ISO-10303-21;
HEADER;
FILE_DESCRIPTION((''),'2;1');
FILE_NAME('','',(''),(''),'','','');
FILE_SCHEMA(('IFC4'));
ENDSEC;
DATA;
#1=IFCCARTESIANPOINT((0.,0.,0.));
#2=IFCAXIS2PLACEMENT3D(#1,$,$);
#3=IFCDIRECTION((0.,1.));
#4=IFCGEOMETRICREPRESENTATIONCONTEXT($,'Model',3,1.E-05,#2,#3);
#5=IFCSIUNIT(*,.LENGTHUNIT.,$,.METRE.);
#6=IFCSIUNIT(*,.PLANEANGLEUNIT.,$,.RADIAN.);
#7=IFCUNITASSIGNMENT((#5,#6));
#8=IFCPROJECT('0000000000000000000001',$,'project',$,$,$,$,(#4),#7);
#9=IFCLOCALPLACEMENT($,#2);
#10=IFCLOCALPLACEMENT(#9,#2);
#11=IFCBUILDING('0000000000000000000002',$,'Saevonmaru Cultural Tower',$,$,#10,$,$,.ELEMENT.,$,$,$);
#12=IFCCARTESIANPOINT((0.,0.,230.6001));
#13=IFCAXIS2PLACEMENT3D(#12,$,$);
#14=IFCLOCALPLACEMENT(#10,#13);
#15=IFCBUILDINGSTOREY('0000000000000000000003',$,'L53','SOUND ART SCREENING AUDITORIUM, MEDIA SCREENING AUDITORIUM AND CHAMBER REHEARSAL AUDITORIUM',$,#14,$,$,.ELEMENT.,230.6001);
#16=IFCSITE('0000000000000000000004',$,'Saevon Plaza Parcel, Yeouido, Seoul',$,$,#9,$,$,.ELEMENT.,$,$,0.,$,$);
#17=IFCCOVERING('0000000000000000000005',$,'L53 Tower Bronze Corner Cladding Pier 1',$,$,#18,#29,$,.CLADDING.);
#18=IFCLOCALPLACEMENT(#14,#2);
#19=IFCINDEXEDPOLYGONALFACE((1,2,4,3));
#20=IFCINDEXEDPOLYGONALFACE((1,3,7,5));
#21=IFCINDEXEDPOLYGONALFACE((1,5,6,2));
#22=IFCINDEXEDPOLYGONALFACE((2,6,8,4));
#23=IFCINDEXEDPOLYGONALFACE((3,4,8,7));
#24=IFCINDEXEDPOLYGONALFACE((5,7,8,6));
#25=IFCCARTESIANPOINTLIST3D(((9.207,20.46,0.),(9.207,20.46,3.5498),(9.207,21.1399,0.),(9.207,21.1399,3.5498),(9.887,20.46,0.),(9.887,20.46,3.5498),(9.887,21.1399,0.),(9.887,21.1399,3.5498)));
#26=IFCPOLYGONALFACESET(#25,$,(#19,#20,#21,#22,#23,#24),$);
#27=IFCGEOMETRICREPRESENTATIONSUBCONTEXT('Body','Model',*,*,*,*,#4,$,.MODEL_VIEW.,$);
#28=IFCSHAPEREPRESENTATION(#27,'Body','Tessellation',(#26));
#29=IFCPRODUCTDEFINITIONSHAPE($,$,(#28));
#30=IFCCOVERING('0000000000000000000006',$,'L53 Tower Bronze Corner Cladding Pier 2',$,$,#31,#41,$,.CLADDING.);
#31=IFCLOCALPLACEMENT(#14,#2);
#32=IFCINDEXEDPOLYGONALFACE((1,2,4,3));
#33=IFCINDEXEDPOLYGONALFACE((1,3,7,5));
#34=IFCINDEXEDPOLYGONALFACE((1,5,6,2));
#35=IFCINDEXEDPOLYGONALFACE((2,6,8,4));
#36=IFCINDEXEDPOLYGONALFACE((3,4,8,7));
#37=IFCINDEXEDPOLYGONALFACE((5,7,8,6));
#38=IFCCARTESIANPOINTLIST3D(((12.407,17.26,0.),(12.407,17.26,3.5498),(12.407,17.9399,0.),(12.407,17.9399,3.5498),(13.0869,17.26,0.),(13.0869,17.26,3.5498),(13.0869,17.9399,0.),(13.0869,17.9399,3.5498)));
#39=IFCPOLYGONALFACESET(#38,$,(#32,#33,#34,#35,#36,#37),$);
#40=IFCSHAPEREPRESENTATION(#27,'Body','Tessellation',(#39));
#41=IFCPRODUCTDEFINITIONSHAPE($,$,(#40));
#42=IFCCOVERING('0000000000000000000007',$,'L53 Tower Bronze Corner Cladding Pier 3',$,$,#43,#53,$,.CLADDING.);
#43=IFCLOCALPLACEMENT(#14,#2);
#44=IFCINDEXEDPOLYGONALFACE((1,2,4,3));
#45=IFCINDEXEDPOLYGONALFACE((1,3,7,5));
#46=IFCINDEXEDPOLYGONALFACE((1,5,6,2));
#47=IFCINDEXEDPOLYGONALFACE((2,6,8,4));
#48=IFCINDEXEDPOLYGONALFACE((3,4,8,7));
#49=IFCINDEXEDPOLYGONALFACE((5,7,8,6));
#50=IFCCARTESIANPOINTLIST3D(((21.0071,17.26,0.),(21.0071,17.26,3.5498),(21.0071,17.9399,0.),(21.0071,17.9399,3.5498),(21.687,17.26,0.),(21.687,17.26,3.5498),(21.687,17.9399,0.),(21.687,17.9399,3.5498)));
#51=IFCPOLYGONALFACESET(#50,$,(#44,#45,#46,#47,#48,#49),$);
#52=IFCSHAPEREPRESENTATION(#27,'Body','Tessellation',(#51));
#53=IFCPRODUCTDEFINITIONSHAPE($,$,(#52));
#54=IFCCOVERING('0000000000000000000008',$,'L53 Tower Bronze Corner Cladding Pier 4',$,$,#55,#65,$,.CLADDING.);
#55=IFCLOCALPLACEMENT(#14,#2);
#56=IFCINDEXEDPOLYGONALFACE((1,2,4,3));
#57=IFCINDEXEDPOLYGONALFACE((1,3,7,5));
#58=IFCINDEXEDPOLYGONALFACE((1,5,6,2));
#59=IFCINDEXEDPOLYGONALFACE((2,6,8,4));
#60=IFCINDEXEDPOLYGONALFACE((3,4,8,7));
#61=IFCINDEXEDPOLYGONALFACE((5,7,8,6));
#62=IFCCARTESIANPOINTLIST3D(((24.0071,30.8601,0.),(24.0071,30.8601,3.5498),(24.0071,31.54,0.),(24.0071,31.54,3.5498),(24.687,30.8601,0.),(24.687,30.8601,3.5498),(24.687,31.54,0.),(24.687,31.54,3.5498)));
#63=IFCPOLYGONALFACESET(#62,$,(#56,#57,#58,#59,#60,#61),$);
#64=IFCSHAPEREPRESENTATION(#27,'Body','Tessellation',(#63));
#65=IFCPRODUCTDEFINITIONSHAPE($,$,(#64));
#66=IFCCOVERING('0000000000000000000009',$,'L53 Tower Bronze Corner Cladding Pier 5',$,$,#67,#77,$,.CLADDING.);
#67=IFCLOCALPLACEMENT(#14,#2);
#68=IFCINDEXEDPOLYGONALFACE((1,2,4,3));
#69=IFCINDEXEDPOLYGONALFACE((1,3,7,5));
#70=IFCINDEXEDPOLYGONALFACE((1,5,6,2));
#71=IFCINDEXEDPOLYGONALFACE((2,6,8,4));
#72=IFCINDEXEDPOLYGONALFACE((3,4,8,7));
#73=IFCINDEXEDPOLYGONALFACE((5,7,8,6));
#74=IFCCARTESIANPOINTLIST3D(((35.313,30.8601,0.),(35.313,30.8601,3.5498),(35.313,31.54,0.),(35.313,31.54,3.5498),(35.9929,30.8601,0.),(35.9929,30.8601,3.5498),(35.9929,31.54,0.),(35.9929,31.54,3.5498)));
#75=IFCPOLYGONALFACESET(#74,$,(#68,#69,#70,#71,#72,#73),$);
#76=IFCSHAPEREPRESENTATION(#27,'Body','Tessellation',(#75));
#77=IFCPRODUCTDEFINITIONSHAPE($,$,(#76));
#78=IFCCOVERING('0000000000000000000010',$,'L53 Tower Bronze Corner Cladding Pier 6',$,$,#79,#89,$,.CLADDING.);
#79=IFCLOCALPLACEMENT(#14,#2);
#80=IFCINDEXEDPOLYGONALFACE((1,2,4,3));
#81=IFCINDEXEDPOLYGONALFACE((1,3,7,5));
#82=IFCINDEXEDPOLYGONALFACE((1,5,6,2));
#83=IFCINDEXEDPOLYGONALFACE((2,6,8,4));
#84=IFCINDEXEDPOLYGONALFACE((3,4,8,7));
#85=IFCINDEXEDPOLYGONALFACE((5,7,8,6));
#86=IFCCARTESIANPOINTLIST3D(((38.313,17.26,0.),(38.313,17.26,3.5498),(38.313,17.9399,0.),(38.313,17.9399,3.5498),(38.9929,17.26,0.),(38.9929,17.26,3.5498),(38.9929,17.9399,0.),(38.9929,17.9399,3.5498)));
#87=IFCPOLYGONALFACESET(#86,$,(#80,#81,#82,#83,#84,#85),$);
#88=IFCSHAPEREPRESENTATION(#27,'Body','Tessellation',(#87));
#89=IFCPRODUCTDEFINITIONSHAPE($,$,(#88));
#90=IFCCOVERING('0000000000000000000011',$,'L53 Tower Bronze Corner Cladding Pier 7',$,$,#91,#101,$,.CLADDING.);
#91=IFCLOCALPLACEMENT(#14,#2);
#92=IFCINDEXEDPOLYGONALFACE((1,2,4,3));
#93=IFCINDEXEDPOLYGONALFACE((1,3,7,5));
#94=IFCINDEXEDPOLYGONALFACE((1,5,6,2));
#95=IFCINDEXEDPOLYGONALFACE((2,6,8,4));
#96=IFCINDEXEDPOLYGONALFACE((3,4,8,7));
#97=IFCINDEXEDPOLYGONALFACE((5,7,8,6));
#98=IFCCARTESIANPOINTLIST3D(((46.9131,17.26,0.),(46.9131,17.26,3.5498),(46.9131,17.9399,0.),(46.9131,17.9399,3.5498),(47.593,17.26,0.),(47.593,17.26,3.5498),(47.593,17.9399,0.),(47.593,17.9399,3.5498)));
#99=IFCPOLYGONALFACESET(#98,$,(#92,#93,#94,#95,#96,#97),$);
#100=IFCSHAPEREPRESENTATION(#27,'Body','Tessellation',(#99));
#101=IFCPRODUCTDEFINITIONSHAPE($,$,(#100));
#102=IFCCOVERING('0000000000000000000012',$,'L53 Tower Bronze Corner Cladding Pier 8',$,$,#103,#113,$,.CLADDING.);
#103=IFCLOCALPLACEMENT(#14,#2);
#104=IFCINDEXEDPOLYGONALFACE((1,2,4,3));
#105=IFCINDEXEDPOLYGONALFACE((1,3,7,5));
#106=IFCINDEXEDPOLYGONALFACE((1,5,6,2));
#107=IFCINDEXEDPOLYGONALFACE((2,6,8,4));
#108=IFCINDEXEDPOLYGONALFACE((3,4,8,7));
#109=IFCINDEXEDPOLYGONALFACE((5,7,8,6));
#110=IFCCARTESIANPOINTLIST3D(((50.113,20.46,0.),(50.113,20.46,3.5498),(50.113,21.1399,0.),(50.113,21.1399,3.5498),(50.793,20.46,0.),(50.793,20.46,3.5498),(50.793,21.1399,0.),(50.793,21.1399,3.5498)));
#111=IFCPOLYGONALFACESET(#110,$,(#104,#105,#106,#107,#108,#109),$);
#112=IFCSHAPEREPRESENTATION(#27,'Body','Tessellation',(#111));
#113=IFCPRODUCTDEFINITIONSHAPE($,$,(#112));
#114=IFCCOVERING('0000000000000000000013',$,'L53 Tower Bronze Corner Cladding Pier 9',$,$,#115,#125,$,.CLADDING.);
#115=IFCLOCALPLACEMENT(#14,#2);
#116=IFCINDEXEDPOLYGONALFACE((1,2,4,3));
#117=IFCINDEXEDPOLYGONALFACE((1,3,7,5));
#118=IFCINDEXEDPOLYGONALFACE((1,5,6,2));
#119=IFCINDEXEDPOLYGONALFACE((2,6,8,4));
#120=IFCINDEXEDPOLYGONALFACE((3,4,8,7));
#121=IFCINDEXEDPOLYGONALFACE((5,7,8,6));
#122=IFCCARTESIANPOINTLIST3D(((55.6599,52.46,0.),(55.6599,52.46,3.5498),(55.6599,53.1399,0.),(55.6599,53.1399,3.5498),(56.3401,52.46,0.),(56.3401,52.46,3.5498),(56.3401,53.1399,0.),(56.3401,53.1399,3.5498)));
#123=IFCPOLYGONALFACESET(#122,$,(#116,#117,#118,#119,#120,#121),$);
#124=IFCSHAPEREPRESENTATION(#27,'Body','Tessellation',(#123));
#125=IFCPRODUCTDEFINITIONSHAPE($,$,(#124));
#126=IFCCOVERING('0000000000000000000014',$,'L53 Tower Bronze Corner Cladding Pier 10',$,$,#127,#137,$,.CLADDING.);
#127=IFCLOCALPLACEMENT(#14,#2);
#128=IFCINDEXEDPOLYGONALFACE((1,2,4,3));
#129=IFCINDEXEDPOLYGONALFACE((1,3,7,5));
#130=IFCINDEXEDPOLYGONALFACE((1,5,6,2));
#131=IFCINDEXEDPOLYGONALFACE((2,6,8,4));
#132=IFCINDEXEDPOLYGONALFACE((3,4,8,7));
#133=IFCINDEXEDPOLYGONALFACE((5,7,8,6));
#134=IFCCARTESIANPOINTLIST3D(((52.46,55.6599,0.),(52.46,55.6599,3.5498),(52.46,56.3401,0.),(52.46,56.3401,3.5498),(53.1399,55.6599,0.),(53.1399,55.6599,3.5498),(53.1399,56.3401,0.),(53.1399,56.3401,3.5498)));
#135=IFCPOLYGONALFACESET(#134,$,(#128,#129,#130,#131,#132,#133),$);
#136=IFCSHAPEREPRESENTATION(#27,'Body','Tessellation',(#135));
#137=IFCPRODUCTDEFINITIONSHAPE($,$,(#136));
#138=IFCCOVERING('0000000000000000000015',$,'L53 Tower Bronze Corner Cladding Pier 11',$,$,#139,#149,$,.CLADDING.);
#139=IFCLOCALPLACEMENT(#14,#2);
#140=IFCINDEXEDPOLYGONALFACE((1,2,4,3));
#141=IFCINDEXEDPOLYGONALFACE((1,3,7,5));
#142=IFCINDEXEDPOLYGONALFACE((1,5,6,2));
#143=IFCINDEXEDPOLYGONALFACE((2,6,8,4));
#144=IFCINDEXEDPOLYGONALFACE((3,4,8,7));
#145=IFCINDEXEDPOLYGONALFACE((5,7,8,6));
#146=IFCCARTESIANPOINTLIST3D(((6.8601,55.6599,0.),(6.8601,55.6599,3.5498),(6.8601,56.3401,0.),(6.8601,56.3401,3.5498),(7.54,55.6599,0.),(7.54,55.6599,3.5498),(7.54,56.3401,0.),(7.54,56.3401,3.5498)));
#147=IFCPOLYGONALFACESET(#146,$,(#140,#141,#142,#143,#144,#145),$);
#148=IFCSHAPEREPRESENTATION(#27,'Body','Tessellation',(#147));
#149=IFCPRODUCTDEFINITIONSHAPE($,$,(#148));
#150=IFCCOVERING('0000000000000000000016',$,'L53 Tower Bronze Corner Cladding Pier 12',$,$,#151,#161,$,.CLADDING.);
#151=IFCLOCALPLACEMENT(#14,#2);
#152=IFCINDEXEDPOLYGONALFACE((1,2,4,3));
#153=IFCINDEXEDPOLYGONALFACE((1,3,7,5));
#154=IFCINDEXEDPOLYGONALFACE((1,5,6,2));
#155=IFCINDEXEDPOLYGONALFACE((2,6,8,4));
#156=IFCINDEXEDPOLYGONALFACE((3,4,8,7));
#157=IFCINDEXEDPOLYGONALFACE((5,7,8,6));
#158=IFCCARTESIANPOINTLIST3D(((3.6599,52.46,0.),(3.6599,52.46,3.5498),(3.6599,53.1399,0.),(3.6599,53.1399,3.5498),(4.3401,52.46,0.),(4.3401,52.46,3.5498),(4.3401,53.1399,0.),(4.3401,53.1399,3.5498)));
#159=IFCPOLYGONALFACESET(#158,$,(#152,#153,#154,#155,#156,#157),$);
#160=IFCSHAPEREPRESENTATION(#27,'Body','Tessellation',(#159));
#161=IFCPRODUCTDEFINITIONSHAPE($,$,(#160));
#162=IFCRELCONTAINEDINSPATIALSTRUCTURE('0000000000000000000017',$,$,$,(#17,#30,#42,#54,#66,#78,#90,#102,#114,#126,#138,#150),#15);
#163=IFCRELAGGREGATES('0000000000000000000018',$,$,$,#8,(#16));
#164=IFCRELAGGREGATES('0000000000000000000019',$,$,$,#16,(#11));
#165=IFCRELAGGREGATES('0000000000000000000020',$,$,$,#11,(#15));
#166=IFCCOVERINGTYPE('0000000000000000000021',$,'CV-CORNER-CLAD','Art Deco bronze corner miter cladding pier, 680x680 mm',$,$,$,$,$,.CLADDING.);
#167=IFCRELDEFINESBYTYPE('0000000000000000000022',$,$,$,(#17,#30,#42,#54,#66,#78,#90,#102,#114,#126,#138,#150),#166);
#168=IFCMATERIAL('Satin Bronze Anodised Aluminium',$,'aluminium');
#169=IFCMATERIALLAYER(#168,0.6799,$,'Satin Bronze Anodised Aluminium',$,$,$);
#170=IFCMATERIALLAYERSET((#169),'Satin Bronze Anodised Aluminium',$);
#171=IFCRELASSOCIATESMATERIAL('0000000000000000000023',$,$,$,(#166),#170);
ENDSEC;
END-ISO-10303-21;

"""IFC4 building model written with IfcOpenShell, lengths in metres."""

from ifc_helpers import new_model, si_unit, direction, frame, origin, place, context, subcontext, project, spatial, polyline, outline, extrude, material, layer, layer_set, type_object, element, save


model = new_model("IFC4")

# Units and contexts
model_context = context("Model", 3, precision=1e-05, world=origin(), true_north=direction((0.0, 1.0)))
body_context = subcontext(model_context, "Body", "Model", "MODEL_VIEW")
ifc_project = project(units=[si_unit("LENGTHUNIT", "METRE"), si_unit("PLANEANGLEUNIT", "RADIAN")], contexts=[model_context])

# Site, building, storey
site_placement = place(None, origin())
site = spatial("IfcSite", under=ifc_project, at=site_placement, Name="Saevon Plaza Parcel, Yeouido, Seoul", CompositionType="ELEMENT", RefElevation=0.0)
building_placement = place(site_placement, origin())
building = spatial("IfcBuilding", under=site, at=building_placement, Name="Saevonmaru Cultural Tower", CompositionType="ELEMENT")
storey_placement = place(building_placement, frame((0.0, 0.0, 230.6001)))
storey = spatial("IfcBuildingStorey", under=building, at=storey_placement, Name="L53", Description="SOUND ART SCREENING AUDITORIUM, MEDIA SCREENING AUDITORIUM AND CHAMBER REHEARSAL AUDITORIUM", CompositionType="ELEMENT", Elevation=230.6001)

# Coverings
ifc_material_1 = material(Name="Satin Bronze Anodised Aluminium", Category="aluminium")
ifc_layer_1 = layer(ifc_material_1, 0.6799, Name="Satin Bronze Anodised Aluminium")
ifc_layer_set_1 = layer_set([ifc_layer_1], Name="Satin Bronze Anodised Aluminium")
covering_type_1 = type_object("IfcCoveringType", Name="CV-CORNER-CLAD", Description="Art Deco bronze corner miter cladding pier, 680x680 mm", PredefinedType="CLADDING", material=ifc_layer_set_1)
covering_1_placement = place(storey_placement, origin())
element("IfcCovering", 1, at=covering_1_placement, inside=storey, type_object=covering_type_1, Name="L53 Tower Bronze Corner Cladding Pier 1", PredefinedType="CLADDING", context=body_context, shape_type="SweptSolid", body=[
    extrude(outline(polyline([(9.207, 20.46), (9.887, 20.46), (9.887, 21.1399), (9.207, 21.1399), (9.207, 20.46)])), origin(), (0.0, 0.0, 1.0), 3.5498),
])
covering_2_placement = place(storey_placement, origin())
element("IfcCovering", 2, at=covering_2_placement, inside=storey, type_object=covering_type_1, Name="L53 Tower Bronze Corner Cladding Pier 2", PredefinedType="CLADDING", context=body_context, shape_type="SweptSolid", body=[
    extrude(outline(polyline([(12.407, 17.26), (13.0869, 17.26), (13.0869, 17.9399), (12.407, 17.9399), (12.407, 17.26)])), origin(), (0.0, 0.0, 1.0), 3.5498),
])
covering_3_placement = place(storey_placement, origin())
element("IfcCovering", 3, at=covering_3_placement, inside=storey, type_object=covering_type_1, Name="L53 Tower Bronze Corner Cladding Pier 3", PredefinedType="CLADDING", context=body_context, shape_type="SweptSolid", body=[
    extrude(outline(polyline([(21.0071, 17.26), (21.687, 17.26), (21.687, 17.9399), (21.0071, 17.9399), (21.0071, 17.26)])), origin(), (0.0, 0.0, 1.0), 3.5498),
])
covering_4_placement = place(storey_placement, origin())
element("IfcCovering", 4, at=covering_4_placement, inside=storey, type_object=covering_type_1, Name="L53 Tower Bronze Corner Cladding Pier 4", PredefinedType="CLADDING", context=body_context, shape_type="SweptSolid", body=[
    extrude(outline(polyline([(24.0071, 30.8601), (24.687, 30.8601), (24.687, 31.54), (24.0071, 31.54), (24.0071, 30.8601)])), origin(), (0.0, 0.0, 1.0), 3.5498),
])
covering_5_placement = place(storey_placement, origin())
element("IfcCovering", 5, at=covering_5_placement, inside=storey, type_object=covering_type_1, Name="L53 Tower Bronze Corner Cladding Pier 5", PredefinedType="CLADDING", context=body_context, shape_type="SweptSolid", body=[
    extrude(outline(polyline([(35.313, 30.8601), (35.9929, 30.8601), (35.9929, 31.54), (35.313, 31.54), (35.313, 30.8601)])), origin(), (0.0, 0.0, 1.0), 3.5498),
])
covering_6_placement = place(storey_placement, origin())
element("IfcCovering", 6, at=covering_6_placement, inside=storey, type_object=covering_type_1, Name="L53 Tower Bronze Corner Cladding Pier 6", PredefinedType="CLADDING", context=body_context, shape_type="SweptSolid", body=[
    extrude(outline(polyline([(38.313, 17.26), (38.9929, 17.26), (38.9929, 17.9399), (38.313, 17.9399), (38.313, 17.26)])), origin(), (0.0, 0.0, 1.0), 3.5498),
])
covering_7_placement = place(storey_placement, origin())
element("IfcCovering", 7, at=covering_7_placement, inside=storey, type_object=covering_type_1, Name="L53 Tower Bronze Corner Cladding Pier 7", PredefinedType="CLADDING", context=body_context, shape_type="SweptSolid", body=[
    extrude(outline(polyline([(46.9131, 17.26), (47.593, 17.26), (47.593, 17.9399), (46.9131, 17.9399), (46.9131, 17.26)])), origin(), (0.0, 0.0, 1.0), 3.5498),
])
covering_8_placement = place(storey_placement, origin())
element("IfcCovering", 8, at=covering_8_placement, inside=storey, type_object=covering_type_1, Name="L53 Tower Bronze Corner Cladding Pier 8", PredefinedType="CLADDING", context=body_context, shape_type="SweptSolid", body=[
    extrude(outline(polyline([(50.113, 20.46), (50.793, 20.46), (50.793, 21.1399), (50.113, 21.1399), (50.113, 20.46)])), origin(), (0.0, 0.0, 1.0), 3.5498),
])
covering_9_placement = place(storey_placement, origin())
element("IfcCovering", 9, at=covering_9_placement, inside=storey, type_object=covering_type_1, Name="L53 Tower Bronze Corner Cladding Pier 9", PredefinedType="CLADDING", context=body_context, shape_type="SweptSolid", body=[
    extrude(outline(polyline([(55.6599, 52.46), (56.3401, 52.46), (56.3401, 53.1399), (55.6599, 53.1399), (55.6599, 52.46)])), origin(), (0.0, 0.0, 1.0), 3.5498),
])
covering_10_placement = place(storey_placement, origin())
element("IfcCovering", 10, at=covering_10_placement, inside=storey, type_object=covering_type_1, Name="L53 Tower Bronze Corner Cladding Pier 10", PredefinedType="CLADDING", context=body_context, shape_type="SweptSolid", body=[
    extrude(outline(polyline([(52.46, 55.6599), (53.1399, 55.6599), (53.1399, 56.3401), (52.46, 56.3401), (52.46, 55.6599)])), origin(), (0.0, 0.0, 1.0), 3.5498),
])
covering_11_placement = place(storey_placement, origin())
element("IfcCovering", 11, at=covering_11_placement, inside=storey, type_object=covering_type_1, Name="L53 Tower Bronze Corner Cladding Pier 11", PredefinedType="CLADDING", context=body_context, shape_type="SweptSolid", body=[
    extrude(outline(polyline([(6.8601, 55.6599), (7.54, 55.6599), (7.54, 56.3401), (6.8601, 56.3401), (6.8601, 55.6599)])), origin(), (0.0, 0.0, 1.0), 3.5498),
])
covering_12_placement = place(storey_placement, origin())
element("IfcCovering", 12, at=covering_12_placement, inside=storey, type_object=covering_type_1, Name="L53 Tower Bronze Corner Cladding Pier 12", PredefinedType="CLADDING", context=body_context, shape_type="SweptSolid", body=[
    extrude(outline(polyline([(3.6599, 52.46), (4.3401, 52.46), (4.3401, 53.1399), (3.6599, 53.1399), (3.6599, 52.46)])), origin(), (0.0, 0.0, 1.0), 3.5498),
])

save(model, "model.ifc")
